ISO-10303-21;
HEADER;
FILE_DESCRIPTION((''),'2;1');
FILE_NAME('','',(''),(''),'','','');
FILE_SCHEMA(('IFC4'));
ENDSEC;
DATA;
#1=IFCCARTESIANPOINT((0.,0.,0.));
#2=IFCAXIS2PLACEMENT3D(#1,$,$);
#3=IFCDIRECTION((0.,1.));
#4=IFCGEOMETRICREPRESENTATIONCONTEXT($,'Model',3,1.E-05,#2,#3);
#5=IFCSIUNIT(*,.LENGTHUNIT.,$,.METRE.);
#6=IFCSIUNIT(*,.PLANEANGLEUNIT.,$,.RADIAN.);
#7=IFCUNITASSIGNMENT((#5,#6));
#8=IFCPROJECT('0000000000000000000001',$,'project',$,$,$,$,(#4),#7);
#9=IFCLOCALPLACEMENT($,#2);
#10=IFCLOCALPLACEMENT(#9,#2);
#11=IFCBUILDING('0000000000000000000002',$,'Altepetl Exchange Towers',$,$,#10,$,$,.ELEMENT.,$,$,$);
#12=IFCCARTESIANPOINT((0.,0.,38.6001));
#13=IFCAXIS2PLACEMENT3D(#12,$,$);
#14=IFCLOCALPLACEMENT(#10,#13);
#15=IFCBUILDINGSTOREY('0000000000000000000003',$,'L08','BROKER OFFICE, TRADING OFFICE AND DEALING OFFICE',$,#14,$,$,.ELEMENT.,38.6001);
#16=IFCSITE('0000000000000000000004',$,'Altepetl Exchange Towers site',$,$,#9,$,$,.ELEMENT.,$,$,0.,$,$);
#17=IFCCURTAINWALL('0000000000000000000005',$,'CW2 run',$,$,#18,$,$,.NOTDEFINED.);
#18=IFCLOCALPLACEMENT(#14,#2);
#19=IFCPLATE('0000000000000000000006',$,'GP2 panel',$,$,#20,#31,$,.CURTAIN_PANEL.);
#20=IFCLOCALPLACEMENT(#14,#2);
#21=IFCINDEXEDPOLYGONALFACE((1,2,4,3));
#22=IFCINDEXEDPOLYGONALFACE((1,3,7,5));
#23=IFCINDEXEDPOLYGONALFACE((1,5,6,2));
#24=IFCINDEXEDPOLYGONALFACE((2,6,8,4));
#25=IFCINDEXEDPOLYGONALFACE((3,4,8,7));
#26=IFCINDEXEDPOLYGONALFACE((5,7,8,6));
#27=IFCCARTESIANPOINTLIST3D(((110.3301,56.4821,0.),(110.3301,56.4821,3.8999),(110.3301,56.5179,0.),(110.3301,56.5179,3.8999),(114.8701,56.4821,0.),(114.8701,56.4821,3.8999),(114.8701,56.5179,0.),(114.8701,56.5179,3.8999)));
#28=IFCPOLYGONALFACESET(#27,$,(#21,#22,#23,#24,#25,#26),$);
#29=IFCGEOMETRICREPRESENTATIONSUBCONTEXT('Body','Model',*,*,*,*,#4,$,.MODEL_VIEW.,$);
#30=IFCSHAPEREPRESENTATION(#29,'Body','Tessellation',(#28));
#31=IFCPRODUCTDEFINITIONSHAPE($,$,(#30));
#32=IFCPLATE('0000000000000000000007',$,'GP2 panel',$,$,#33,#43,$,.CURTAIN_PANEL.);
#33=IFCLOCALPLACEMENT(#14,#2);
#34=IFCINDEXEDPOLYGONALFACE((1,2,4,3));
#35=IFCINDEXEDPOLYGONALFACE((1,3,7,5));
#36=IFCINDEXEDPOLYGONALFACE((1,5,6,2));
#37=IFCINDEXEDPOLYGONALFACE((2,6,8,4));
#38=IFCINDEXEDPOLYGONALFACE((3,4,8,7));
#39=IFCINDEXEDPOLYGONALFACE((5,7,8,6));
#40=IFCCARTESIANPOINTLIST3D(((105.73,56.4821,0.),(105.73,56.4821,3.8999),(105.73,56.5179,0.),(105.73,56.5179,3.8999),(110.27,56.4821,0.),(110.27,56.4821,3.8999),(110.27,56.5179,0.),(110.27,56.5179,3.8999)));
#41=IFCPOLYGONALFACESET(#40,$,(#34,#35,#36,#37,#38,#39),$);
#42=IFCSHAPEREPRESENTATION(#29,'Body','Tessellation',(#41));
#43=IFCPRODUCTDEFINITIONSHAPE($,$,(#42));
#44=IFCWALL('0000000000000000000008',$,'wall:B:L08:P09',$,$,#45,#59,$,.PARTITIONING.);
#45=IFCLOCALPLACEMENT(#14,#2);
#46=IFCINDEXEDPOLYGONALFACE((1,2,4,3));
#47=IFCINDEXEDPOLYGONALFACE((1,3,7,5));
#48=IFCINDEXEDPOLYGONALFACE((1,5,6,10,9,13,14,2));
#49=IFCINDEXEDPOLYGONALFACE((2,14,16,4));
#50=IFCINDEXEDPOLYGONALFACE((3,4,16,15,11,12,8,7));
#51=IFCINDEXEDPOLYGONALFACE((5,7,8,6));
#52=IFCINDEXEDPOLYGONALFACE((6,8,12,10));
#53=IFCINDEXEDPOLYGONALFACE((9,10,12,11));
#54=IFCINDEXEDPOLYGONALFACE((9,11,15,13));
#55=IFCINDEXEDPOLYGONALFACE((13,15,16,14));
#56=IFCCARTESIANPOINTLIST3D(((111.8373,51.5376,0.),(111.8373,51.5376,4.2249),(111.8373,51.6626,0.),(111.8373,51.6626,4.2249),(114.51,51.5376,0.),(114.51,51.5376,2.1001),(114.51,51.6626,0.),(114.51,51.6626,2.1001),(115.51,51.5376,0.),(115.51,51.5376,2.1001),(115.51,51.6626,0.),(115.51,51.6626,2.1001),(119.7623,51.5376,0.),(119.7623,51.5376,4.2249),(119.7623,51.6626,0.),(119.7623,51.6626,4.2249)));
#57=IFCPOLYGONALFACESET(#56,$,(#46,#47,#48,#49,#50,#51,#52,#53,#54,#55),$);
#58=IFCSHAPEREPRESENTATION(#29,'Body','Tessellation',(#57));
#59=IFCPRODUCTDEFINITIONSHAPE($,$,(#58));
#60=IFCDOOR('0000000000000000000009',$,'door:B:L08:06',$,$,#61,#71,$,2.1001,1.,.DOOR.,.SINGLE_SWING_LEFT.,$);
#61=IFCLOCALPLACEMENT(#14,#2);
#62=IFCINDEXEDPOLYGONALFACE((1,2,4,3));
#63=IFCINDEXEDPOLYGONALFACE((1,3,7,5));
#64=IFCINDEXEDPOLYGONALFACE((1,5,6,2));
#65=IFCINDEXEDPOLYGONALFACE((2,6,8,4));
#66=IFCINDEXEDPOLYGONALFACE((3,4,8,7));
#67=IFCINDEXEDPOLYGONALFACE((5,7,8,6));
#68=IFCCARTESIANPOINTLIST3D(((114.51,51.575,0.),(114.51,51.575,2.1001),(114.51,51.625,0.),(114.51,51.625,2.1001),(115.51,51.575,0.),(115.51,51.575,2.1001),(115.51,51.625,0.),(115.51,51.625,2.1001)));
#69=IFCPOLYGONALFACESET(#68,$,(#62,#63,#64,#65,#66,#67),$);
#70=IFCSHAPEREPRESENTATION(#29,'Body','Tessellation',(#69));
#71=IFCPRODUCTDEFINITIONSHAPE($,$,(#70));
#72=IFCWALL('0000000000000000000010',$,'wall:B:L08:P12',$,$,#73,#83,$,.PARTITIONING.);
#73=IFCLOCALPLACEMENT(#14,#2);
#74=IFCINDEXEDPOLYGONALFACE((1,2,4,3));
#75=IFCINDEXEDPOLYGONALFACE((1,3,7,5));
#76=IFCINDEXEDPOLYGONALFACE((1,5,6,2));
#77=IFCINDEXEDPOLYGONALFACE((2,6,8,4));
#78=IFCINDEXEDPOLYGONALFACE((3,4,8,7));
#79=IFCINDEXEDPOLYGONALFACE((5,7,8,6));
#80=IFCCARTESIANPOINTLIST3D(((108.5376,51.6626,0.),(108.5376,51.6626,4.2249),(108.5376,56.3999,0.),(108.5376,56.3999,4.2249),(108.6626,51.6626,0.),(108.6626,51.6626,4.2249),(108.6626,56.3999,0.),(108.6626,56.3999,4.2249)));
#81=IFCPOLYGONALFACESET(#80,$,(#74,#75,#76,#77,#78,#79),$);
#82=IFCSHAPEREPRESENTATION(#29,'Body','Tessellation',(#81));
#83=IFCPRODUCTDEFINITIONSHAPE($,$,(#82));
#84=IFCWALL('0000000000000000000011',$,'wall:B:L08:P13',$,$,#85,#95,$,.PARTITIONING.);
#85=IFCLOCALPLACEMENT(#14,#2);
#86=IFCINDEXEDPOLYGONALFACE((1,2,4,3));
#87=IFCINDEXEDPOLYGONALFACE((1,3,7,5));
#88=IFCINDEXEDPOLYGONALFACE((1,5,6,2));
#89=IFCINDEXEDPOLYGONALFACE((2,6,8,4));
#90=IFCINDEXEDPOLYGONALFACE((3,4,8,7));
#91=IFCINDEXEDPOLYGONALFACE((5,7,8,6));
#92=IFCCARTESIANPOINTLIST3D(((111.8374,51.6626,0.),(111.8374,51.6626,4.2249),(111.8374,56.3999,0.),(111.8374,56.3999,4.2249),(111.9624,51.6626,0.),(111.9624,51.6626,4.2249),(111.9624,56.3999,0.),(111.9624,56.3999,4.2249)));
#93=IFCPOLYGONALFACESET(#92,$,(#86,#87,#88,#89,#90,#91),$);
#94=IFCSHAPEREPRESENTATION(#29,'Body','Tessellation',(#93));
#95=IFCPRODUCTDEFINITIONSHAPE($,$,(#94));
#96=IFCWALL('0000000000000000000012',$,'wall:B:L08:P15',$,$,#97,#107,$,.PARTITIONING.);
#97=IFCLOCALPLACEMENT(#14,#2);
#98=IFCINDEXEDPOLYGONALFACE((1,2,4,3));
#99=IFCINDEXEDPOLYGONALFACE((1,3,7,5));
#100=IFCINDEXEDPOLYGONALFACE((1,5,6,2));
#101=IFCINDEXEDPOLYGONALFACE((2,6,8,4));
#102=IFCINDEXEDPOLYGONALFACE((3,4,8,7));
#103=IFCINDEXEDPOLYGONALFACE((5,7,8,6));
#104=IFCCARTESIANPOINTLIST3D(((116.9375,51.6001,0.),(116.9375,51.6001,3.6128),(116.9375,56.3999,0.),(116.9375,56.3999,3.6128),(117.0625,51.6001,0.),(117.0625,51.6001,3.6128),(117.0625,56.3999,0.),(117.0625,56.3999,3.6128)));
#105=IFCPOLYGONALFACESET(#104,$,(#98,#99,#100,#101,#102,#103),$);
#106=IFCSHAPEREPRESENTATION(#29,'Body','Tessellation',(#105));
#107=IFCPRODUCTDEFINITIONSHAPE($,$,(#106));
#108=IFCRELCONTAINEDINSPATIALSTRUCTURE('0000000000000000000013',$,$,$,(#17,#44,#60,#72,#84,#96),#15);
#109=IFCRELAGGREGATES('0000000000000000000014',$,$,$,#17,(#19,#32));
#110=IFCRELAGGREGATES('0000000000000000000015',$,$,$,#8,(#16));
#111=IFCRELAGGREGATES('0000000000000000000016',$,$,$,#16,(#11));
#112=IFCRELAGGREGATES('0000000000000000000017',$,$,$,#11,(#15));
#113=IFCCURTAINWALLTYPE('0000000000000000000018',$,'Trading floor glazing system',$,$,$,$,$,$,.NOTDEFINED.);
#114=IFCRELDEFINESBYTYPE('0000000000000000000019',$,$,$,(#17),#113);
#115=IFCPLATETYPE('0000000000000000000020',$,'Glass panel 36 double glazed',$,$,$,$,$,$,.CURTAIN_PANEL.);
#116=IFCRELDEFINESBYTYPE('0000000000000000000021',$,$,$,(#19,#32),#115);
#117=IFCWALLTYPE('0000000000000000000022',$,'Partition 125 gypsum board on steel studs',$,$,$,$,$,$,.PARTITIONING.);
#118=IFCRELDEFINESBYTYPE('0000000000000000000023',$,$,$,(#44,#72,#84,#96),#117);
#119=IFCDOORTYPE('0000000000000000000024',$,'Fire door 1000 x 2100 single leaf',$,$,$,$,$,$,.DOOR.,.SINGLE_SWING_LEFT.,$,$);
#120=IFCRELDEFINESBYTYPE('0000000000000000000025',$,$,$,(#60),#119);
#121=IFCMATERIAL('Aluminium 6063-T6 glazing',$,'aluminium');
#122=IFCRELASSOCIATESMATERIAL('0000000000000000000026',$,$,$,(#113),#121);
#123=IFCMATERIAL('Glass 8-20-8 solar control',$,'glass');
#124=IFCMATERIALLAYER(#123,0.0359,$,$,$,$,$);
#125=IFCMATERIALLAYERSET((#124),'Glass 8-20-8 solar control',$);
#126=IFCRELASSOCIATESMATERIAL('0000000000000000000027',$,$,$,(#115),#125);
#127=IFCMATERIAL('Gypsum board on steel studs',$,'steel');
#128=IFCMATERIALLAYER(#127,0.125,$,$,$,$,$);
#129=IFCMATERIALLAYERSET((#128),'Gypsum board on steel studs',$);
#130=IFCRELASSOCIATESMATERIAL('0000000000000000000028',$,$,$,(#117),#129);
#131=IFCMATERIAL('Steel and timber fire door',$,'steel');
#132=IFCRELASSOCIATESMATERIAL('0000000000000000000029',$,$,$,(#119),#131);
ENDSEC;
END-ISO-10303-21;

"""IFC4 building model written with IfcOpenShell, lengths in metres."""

from ifc_helpers import new_model, si_unit, direction, frame, frame_2d, origin, origin_2d, place, context, subcontext, project, spatial, rectangle, extrude, material, layer, layer_set, type_object, element, fill, aggregate, save


model = new_model("IFC4")

# Units and contexts
model_context = context("Model", 3, precision=1e-05, world=origin(), true_north=direction((0.0, 1.0)))
body_context = subcontext(model_context, "Body", "Model", "MODEL_VIEW")
ifc_project = project(units=[si_unit("LENGTHUNIT", "METRE"), si_unit("PLANEANGLEUNIT", "RADIAN")], contexts=[model_context])

# Site, building, storey
site_placement = place(None, origin())
site = spatial("IfcSite", under=ifc_project, at=site_placement, Name="Altepetl Exchange Towers site", CompositionType="ELEMENT", RefElevation=0.0)
building_placement = place(site_placement, origin())
building = spatial("IfcBuilding", under=site, at=building_placement, Name="Altepetl Exchange Towers", CompositionType="ELEMENT")
storey_placement = place(building_placement, frame((0.0, 0.0, 38.6001)))
storey = spatial("IfcBuildingStorey", under=building, at=storey_placement, Name="L08", Description="BROKER OFFICE, TRADING OFFICE AND DEALING OFFICE", CompositionType="ELEMENT", Elevation=38.6001)

# Curtain wall
ifc_material_1 = material(Name="Aluminium 6063-T6 glazing", Category="aluminium")
curtain_wall_type = type_object("IfcCurtainWallType", Name="Trading floor glazing system", PredefinedType="NOTDEFINED", material=ifc_material_1)
curtain_wall_placement = place(storey_placement, origin())
curtain_wall = element("IfcCurtainWall", 1, at=curtain_wall_placement, inside=storey, type_object=curtain_wall_type, Name="CW2 run", PredefinedType="NOTDEFINED")

# Plates
ifc_material_2 = material(Name="Glass 8-20-8 solar control", Category="glass")
ifc_layer_1 = layer(ifc_material_2, 0.0359)
ifc_layer_set_1 = layer_set([ifc_layer_1], Name="Glass 8-20-8 solar control")
plate_type = type_object("IfcPlateType", Name="Glass panel 36 double glazed", PredefinedType="CURTAIN_PANEL", material=ifc_layer_set_1)
plate_1_placement = place(storey_placement, frame((112.6001, 56.5, 0.0), z_axis=(0.0, 0.0, 1.0), x_axis=(-1.0, 0.0, 0.0)))
plate_1 = element("IfcPlate", 2, at=plate_1_placement, type_object=plate_type, Name="GP2 panel", PredefinedType="CURTAIN_PANEL", context=body_context, shape_type="SweptSolid", body=[
    extrude(rectangle(XDim=4.54, YDim=0.0359, at=origin_2d()), origin(), (0.0, 0.0, 1.0), 3.8999),
])
plate_2_placement = place(storey_placement, frame((108.0, 56.5, 0.0), z_axis=(0.0, 0.0, 1.0), x_axis=(-1.0, 0.0, 0.0)))
plate_2 = element("IfcPlate", 3, at=plate_2_placement, type_object=plate_type, Name="GP2 panel", PredefinedType="CURTAIN_PANEL", context=body_context, shape_type="SweptSolid", body=[
    extrude(rectangle(XDim=4.54, YDim=0.0359, at=origin_2d()), origin(), (0.0, 0.0, 1.0), 3.8999),
])
aggregate(curtain_wall, [plate_1, plate_2])

# Wall, opening, door
ifc_material_3 = material(Name="Gypsum board on steel studs", Category="steel")
ifc_layer_2 = layer(ifc_material_3, 0.125)
ifc_layer_set_2 = layer_set([ifc_layer_2], Name="Gypsum board on steel studs")
wall_type = type_object("IfcWallType", Name="Partition 125 gypsum board on steel studs", PredefinedType="PARTITIONING", material=ifc_layer_set_2)
wall_1_placement = place(storey_placement, frame((111.8374, 51.6001, 0.0)))
wall_1 = element("IfcWall", 4, at=wall_1_placement, inside=storey, type_object=wall_type, Name="wall:B:L08:P09", PredefinedType="PARTITIONING", context=body_context, shape_type="SweptSolid", body=[
    extrude(rectangle(XDim=7.925, YDim=0.125, at=frame_2d((3.9624, 0.0))), origin(), (0.0, 0.0, 1.0), 4.2249),
])
opening_placement = place(wall_1_placement, frame((2.6726, 0.0, 0.0)))
opening = element("IfcOpeningElement", 5, at=opening_placement, cuts=wall_1, PredefinedType="OPENING", context=body_context, shape_type="SweptSolid", body=[
    extrude(rectangle(XDim=1.0, YDim=2.1001, at=frame_2d((0.5, 1.05))), frame((0.0, 0.0725, 0.0), z_axis=(0.0, -1.0, 0.0), x_axis=(1.0, 0.0, 0.0)), (0.0, 0.0, 1.0), 0.145),
])
ifc_material_4 = material(Name="Steel and timber fire door", Category="steel")
door_type = type_object("IfcDoorType", Name="Fire door 1000 x 2100 single leaf", OperationType="SINGLE_SWING_LEFT", PredefinedType="DOOR", material=ifc_material_4)
door_placement = place(opening_placement, origin())
door = element("IfcDoor", 6, at=door_placement, inside=storey, type_object=door_type, Name="door:B:L08:06", OperationType="SINGLE_SWING_LEFT", OverallHeight=2.1001, OverallWidth=1.0, PredefinedType="DOOR", context=body_context, shape_type="SweptSolid", body=[
    extrude(rectangle(XDim=1.0, YDim=2.1001, at=frame_2d((0.5, 1.05))), frame((0.0, 0.0249, 0.0), z_axis=(0.0, -1.0, 0.0), x_axis=(1.0, 0.0, 0.0)), (0.0, 0.0, 1.0), 0.05),
])
fill(opening, door)

# Walls
for number, where, z_axis, x_axis, name in (
    (7, (108.6001, 51.6626, 0.0), (0.0, 0.0, 1.0), (0.0, 1.0, 0.0), "wall:B:L08:P12"),
    (8, (111.8999, 51.6626, 0.0), (0.0, 0.0, 1.0), (0.0, 1.0, 0.0), "wall:B:L08:P13"),
):
    element("IfcWall", number, at=place(storey_placement, frame(where, z_axis=z_axis, x_axis=x_axis)), inside=storey, type_object=wall_type, Name=name, PredefinedType="PARTITIONING", context=body_context, shape_type="SweptSolid", body=[
        extrude(rectangle(XDim=4.7373, YDim=0.125, at=frame_2d((2.3687, 0.0))), origin(), (0.0, 0.0, 1.0), 4.2249),
    ])
wall_2_placement = place(storey_placement, frame((117.0, 51.6001, 0.0), z_axis=(0.0, 0.0, 1.0), x_axis=(0.0, 1.0, 0.0)))
element("IfcWall", 9, at=wall_2_placement, inside=storey, type_object=wall_type, Name="wall:B:L08:P15", PredefinedType="PARTITIONING", context=body_context, shape_type="SweptSolid", body=[
    extrude(rectangle(XDim=4.7998, YDim=0.125, at=frame_2d((2.3999, 0.0))), origin(), (0.0, 0.0, 1.0), 3.6128),
])

save(model, "model.ifc")
